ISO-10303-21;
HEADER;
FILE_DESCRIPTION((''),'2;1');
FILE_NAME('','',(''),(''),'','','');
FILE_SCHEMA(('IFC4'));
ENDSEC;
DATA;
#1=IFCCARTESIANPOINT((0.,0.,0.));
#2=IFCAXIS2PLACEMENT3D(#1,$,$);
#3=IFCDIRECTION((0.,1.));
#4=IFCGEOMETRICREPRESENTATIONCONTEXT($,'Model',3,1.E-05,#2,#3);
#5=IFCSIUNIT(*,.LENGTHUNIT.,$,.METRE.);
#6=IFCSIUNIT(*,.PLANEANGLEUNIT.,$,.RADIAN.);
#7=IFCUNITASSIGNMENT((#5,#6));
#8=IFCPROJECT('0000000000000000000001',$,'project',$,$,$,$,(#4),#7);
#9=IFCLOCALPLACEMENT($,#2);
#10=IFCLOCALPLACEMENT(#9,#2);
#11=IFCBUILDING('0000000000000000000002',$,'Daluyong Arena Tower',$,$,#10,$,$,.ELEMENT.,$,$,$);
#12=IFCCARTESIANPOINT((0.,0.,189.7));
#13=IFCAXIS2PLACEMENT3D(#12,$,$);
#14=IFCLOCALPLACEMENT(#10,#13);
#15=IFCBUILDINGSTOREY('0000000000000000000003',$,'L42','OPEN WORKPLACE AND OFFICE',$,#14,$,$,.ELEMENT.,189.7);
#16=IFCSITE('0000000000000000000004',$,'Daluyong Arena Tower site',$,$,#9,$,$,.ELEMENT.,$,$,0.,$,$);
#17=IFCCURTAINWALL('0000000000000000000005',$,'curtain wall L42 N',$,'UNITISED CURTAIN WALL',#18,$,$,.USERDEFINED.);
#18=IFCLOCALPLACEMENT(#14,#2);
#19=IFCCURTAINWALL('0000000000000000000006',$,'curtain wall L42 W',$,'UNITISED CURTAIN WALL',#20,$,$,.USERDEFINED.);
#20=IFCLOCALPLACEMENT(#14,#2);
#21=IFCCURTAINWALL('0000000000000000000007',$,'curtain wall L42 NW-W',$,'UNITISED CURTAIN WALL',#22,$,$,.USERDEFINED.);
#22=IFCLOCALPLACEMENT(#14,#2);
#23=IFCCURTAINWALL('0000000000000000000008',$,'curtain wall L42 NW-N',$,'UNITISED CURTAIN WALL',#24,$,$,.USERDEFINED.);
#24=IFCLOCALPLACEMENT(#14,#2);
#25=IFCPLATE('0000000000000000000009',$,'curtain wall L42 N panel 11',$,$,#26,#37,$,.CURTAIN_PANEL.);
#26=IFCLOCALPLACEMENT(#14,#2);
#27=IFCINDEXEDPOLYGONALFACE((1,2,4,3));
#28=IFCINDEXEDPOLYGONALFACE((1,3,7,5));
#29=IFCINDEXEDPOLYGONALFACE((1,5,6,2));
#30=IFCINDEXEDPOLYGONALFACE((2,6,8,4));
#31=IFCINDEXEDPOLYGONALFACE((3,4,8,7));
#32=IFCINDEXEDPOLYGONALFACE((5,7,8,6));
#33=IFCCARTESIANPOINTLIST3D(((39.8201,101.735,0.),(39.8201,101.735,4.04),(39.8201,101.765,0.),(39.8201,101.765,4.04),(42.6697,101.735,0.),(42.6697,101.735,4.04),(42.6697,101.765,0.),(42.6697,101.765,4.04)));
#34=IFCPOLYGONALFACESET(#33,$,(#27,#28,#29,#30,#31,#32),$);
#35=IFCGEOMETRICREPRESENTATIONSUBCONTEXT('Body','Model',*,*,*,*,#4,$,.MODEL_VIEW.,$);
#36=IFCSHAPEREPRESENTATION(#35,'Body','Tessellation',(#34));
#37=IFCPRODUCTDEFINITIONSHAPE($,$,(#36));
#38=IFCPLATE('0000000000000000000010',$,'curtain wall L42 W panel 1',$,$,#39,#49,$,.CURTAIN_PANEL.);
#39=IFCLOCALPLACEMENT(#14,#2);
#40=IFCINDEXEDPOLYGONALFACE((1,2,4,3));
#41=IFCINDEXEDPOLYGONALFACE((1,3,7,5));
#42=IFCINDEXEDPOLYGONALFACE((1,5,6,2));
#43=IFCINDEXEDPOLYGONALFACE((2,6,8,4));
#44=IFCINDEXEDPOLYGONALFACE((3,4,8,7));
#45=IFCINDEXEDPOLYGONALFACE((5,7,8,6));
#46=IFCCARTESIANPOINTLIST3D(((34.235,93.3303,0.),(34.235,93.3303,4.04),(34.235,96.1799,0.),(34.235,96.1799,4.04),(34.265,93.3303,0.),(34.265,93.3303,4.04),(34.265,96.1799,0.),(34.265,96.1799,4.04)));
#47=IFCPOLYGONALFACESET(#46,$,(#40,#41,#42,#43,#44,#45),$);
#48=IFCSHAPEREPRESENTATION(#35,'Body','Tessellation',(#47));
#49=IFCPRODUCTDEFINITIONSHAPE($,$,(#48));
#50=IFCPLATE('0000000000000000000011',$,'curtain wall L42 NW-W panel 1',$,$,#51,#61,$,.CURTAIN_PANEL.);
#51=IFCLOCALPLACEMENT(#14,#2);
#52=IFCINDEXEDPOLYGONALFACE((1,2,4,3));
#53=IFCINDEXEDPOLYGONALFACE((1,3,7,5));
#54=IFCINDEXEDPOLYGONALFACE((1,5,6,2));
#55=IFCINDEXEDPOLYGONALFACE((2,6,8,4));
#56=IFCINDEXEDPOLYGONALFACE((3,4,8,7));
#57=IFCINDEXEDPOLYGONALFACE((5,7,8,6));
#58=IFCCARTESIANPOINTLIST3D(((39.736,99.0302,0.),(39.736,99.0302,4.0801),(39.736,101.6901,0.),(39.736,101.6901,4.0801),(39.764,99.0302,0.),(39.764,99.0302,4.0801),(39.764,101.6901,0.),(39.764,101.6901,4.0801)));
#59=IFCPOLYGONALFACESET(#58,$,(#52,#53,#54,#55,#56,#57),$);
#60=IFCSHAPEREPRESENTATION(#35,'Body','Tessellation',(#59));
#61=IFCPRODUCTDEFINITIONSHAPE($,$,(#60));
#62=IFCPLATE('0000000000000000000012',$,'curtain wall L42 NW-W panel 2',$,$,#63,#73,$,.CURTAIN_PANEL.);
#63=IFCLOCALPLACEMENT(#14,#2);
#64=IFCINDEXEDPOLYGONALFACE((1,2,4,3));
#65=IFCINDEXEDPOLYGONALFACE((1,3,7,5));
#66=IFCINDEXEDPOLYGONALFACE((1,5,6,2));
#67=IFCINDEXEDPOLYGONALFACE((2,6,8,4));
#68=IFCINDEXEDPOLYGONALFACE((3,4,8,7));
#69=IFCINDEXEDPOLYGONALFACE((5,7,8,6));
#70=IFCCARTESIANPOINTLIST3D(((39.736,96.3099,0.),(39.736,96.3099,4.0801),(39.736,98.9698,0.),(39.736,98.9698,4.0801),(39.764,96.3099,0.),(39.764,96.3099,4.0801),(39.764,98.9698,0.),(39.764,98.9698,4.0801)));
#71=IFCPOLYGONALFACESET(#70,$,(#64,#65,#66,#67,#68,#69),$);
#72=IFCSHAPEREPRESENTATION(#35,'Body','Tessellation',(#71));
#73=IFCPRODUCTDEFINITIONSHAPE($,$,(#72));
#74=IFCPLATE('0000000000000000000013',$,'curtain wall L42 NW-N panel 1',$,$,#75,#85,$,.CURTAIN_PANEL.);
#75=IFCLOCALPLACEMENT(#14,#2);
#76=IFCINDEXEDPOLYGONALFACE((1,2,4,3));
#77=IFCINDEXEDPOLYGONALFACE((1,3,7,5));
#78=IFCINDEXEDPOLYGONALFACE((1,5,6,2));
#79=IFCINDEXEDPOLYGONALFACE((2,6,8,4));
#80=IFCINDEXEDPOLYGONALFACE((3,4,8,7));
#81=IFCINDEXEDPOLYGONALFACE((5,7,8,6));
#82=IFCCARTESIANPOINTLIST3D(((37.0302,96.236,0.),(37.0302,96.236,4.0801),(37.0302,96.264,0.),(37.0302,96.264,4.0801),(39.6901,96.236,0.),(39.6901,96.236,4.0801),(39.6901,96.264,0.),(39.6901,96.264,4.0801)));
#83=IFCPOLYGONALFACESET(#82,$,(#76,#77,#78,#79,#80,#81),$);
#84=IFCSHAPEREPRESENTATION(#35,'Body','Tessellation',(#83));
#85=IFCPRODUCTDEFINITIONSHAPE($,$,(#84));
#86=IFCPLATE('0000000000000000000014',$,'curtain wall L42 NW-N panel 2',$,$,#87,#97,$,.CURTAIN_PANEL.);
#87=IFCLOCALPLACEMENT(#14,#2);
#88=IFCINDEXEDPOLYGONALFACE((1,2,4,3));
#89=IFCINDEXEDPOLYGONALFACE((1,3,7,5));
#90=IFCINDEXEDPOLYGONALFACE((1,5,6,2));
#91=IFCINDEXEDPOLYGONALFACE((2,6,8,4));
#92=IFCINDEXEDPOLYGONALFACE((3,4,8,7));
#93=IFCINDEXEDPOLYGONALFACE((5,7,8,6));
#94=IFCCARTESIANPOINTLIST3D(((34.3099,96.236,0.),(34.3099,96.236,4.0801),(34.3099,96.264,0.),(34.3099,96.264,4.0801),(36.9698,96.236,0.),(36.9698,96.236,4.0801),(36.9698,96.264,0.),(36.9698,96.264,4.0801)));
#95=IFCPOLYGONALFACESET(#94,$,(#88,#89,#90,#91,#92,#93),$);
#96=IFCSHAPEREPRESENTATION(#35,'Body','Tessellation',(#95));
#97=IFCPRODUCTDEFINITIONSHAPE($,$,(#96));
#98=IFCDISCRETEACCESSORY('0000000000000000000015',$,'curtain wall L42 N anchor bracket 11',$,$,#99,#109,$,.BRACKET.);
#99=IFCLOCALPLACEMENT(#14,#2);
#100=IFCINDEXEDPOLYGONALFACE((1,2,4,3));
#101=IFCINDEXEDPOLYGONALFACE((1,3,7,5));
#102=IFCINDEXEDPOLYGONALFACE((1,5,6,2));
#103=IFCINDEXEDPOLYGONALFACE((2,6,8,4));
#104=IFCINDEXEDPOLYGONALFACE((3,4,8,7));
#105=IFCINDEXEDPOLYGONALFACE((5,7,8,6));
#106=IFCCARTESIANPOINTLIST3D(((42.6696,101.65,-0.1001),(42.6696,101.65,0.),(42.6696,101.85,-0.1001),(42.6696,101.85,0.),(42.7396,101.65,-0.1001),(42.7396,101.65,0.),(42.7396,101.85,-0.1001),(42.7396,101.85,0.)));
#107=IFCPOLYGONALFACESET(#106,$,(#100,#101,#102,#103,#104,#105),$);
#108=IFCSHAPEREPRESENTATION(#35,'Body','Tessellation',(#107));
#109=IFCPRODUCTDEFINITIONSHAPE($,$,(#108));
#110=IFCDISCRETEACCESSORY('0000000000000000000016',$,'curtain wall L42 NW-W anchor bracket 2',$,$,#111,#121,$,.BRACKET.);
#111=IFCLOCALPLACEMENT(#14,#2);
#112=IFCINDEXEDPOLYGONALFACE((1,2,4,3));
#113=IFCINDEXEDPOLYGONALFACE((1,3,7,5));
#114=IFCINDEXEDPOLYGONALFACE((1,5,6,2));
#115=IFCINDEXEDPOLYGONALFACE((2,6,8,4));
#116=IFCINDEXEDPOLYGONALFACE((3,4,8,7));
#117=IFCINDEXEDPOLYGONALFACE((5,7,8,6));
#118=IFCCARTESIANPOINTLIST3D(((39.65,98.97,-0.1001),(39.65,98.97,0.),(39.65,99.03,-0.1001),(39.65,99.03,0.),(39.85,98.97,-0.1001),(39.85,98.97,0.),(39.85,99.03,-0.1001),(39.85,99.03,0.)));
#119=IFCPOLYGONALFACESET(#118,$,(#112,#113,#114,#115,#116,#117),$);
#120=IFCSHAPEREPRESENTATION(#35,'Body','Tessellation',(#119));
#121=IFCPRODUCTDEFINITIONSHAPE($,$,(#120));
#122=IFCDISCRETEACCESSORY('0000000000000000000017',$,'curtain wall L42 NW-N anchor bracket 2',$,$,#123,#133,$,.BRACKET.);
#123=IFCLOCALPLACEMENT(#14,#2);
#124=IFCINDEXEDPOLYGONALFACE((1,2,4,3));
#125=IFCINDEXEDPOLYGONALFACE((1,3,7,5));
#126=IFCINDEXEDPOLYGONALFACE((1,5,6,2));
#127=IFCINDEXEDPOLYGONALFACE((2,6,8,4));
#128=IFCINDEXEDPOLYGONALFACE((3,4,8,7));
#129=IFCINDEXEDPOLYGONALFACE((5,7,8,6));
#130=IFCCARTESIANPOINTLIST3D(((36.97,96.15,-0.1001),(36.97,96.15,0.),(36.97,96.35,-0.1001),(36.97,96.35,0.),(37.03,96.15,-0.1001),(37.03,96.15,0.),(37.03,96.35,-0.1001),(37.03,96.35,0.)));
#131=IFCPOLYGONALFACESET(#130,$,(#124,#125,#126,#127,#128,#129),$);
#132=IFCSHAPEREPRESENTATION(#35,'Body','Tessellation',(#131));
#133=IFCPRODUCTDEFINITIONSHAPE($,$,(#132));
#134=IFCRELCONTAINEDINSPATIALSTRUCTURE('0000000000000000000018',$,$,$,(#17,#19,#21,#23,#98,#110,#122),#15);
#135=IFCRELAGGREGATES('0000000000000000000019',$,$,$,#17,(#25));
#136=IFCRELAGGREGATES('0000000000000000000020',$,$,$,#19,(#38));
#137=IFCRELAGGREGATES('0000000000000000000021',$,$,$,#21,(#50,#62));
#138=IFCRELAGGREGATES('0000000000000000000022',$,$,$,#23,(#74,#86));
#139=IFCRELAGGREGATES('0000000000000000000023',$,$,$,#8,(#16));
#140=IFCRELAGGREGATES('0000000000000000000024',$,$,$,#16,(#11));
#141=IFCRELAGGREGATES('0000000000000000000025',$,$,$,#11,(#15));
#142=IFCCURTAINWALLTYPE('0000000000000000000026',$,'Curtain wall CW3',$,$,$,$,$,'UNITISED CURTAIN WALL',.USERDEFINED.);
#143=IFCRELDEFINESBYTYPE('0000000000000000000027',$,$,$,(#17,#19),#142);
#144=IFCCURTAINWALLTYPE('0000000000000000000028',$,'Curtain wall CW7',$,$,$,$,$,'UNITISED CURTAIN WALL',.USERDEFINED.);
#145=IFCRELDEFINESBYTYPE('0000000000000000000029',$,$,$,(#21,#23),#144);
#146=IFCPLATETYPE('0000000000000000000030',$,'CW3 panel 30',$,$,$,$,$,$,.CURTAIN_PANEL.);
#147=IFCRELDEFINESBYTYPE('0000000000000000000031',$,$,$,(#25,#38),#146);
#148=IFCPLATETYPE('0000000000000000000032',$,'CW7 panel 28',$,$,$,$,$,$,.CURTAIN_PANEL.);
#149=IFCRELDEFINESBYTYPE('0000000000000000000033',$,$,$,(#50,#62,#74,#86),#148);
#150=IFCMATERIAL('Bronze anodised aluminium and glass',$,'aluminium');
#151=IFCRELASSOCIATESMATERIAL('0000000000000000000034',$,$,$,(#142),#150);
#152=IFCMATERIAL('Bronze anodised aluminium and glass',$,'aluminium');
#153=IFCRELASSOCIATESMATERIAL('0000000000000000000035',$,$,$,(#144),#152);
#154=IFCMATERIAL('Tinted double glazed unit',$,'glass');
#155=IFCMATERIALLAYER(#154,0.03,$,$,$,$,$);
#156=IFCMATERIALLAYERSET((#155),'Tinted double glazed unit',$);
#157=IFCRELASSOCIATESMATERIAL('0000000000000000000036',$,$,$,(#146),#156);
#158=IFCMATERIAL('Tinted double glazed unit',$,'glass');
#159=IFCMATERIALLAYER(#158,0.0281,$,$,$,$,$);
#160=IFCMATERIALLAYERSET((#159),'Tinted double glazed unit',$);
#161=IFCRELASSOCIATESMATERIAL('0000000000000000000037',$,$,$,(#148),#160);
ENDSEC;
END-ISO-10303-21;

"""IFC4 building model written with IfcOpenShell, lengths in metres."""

from ifc_helpers import new_model, si_unit, direction, frame, origin, origin_2d, place, context, subcontext, project, spatial, rectangle, extrude, material, layer, layer_set, type_object, element, aggregate, save


model = new_model("IFC4")

# Units and contexts
model_context = context("Model", 3, precision=1e-05, world=origin(), true_north=direction((0.0, 1.0)))
body_context = subcontext(model_context, "Body", "Model", "MODEL_VIEW")
ifc_project = project(units=[si_unit("LENGTHUNIT", "METRE"), si_unit("PLANEANGLEUNIT", "RADIAN")], contexts=[model_context])

# Site, building, storey
site_placement = place(None, origin())
site = spatial("IfcSite", under=ifc_project, at=site_placement, Name="Daluyong Arena Tower site", CompositionType="ELEMENT", RefElevation=0.0)
building_placement = place(site_placement, origin())
building = spatial("IfcBuilding", under=site, at=building_placement, Name="Daluyong Arena Tower", CompositionType="ELEMENT")
storey_placement = place(building_placement, frame((0.0, 0.0, 189.7)))
storey = spatial("IfcBuildingStorey", under=building, at=storey_placement, Name="L42", Description="OPEN WORKPLACE AND OFFICE", CompositionType="ELEMENT", Elevation=189.7)

# Curtain walls
ifc_material_1 = material(Name="Bronze anodised aluminium and glass", Category="aluminium")
curtain_wall_type_1 = type_object("IfcCurtainWallType", Name="Curtain wall CW3", ElementType="UNITISED CURTAIN WALL", PredefinedType="USERDEFINED", material=ifc_material_1)
curtain_wall_1_placement = place(storey_placement, origin())
curtain_wall_1 = element("IfcCurtainWall", 1, at=curtain_wall_1_placement, inside=storey, type_object=curtain_wall_type_1, Name="curtain wall L42 N", ObjectType="UNITISED CURTAIN WALL", PredefinedType="USERDEFINED")
curtain_wall_2_placement = place(storey_placement, origin())
curtain_wall_2 = element("IfcCurtainWall", 2, at=curtain_wall_2_placement, inside=storey, type_object=curtain_wall_type_1, Name="curtain wall L42 W", ObjectType="UNITISED CURTAIN WALL", PredefinedType="USERDEFINED")

# Curtain walls
ifc_material_2 = material(Name="Bronze anodised aluminium and glass", Category="aluminium")
curtain_wall_type_2 = type_object("IfcCurtainWallType", Name="Curtain wall CW7", ElementType="UNITISED CURTAIN WALL", PredefinedType="USERDEFINED", material=ifc_material_2)
curtain_wall_3_placement = place(storey_placement, origin())
curtain_wall_3 = element("IfcCurtainWall", 3, at=curtain_wall_3_placement, inside=storey, type_object=curtain_wall_type_2, Name="curtain wall L42 NW-W", ObjectType="UNITISED CURTAIN WALL", PredefinedType="USERDEFINED")
curtain_wall_4_placement = place(storey_placement, origin())
curtain_wall_4 = element("IfcCurtainWall", 4, at=curtain_wall_4_placement, inside=storey, type_object=curtain_wall_type_2, Name="curtain wall L42 NW-N", ObjectType="UNITISED CURTAIN WALL", PredefinedType="USERDEFINED")

# Plates
ifc_material_3 = material(Name="Tinted double glazed unit", Category="glass")
ifc_layer_1 = layer(ifc_material_3, 0.03)
ifc_layer_set_1 = layer_set([ifc_layer_1], Name="Tinted double glazed unit")
plate_type_1 = type_object("IfcPlateType", Name="CW3 panel 30", PredefinedType="CURTAIN_PANEL", material=ifc_layer_set_1)
plate_1_placement = place(storey_placement, frame((41.2449, 101.75, 0.0), z_axis=(0.0, 0.0, 1.0), x_axis=(-1.0, 0.0, 0.0)))
plate_1 = element("IfcPlate", 5, at=plate_1_placement, type_object=plate_type_1, Name="curtain wall L42 N panel 11", PredefinedType="CURTAIN_PANEL", context=body_context, shape_type="SweptSolid", body=[
    extrude(rectangle(XDim=2.8496, YDim=0.03, at=origin_2d()), origin(), (0.0, 0.0, 1.0), 4.04),
])
aggregate(curtain_wall_1, [plate_1])
plate_2_placement = place(storey_placement, frame((34.25, 94.7551, 0.0), z_axis=(0.0, 0.0, 1.0), x_axis=(0.0, -1.0, 0.0)))
plate_2 = element("IfcPlate", 6, at=plate_2_placement, type_object=plate_type_1, Name="curtain wall L42 W panel 1", PredefinedType="CURTAIN_PANEL", context=body_context, shape_type="SweptSolid", body=[
    extrude(rectangle(XDim=2.8496, YDim=0.03, at=origin_2d()), origin(), (0.0, 0.0, 1.0), 4.04),
])
aggregate(curtain_wall_2, [plate_2])
ifc_material_4 = material(Name="Tinted double glazed unit", Category="glass")
ifc_layer_2 = layer(ifc_material_4, 0.0281)
ifc_layer_set_2 = layer_set([ifc_layer_2], Name="Tinted double glazed unit")
plate_type_2 = type_object("IfcPlateType", Name="CW7 panel 28", PredefinedType="CURTAIN_PANEL", material=ifc_layer_set_2)
plate_3_placement = place(storey_placement, frame((39.75, 100.3601, 0.0), z_axis=(0.0, 0.0, 1.0), x_axis=(0.0, -1.0, 0.0)))
plate_3 = element("IfcPlate", 7, at=plate_3_placement, type_object=plate_type_2, Name="curtain wall L42 NW-W panel 1", PredefinedType="CURTAIN_PANEL", context=body_context, shape_type="SweptSolid", body=[
    extrude(rectangle(XDim=2.6599, YDim=0.0281, at=origin_2d()), origin(), (0.0, 0.0, 1.0), 4.0801),
])
plate_4_placement = place(storey_placement, frame((39.75, 97.6399, 0.0), z_axis=(0.0, 0.0, 1.0), x_axis=(0.0, -1.0, 0.0)))
plate_4 = element("IfcPlate", 8, at=plate_4_placement, type_object=plate_type_2, Name="curtain wall L42 NW-W panel 2", PredefinedType="CURTAIN_PANEL", context=body_context, shape_type="SweptSolid", body=[
    extrude(rectangle(XDim=2.6599, YDim=0.0281, at=origin_2d()), origin(), (0.0, 0.0, 1.0), 4.0801),
])
aggregate(curtain_wall_3, [plate_3, plate_4])
plate_5_placement = place(storey_placement, frame((38.3601, 96.25, 0.0), z_axis=(0.0, 0.0, 1.0), x_axis=(-1.0, 0.0, 0.0)))
plate_5 = element("IfcPlate", 9, at=plate_5_placement, type_object=plate_type_2, Name="curtain wall L42 NW-N panel 1", PredefinedType="CURTAIN_PANEL", context=body_context, shape_type="SweptSolid", body=[
    extrude(rectangle(XDim=2.6599, YDim=0.0281, at=origin_2d()), origin(), (0.0, 0.0, 1.0), 4.0801),
])
plate_6_placement = place(storey_placement, frame((35.6399, 96.25, 0.0), z_axis=(0.0, 0.0, 1.0), x_axis=(-1.0, 0.0, 0.0)))
plate_6 = element("IfcPlate", 10, at=plate_6_placement, type_object=plate_type_2, Name="curtain wall L42 NW-N panel 2", PredefinedType="CURTAIN_PANEL", context=body_context, shape_type="SweptSolid", body=[
    extrude(rectangle(XDim=2.6599, YDim=0.0281, at=origin_2d()), origin(), (0.0, 0.0, 1.0), 4.0801),
])
aggregate(curtain_wall_4, [plate_5, plate_6])

# Discrete accessories
discrete_accessory_placement = place(storey_placement, frame((42.7046, 101.75, -0.1001), z_axis=(0.0, 0.0, 1.0), x_axis=(-1.0, 0.0, 0.0)))
element("IfcDiscreteAccessory", 11, at=discrete_accessory_placement, inside=storey, Name="curtain wall L42 N anchor bracket 11", PredefinedType="BRACKET", context=body_context, shape_type="SweptSolid", body=[
    extrude(rectangle(XDim=0.0701, YDim=0.2, at=origin_2d()), origin(), (0.0, 0.0, 1.0), 0.1001),
])
for number, where, z_axis, x_axis, name in (
    (12, (39.75, 99.0, -0.1001), (0.0, 0.0, 1.0), (0.0, -1.0, 0.0), "curtain wall L42 NW-W anchor bracket 2"),
    (13, (37.0, 96.25, -0.1001), (0.0, 0.0, 1.0), (-1.0, 0.0, 0.0), "curtain wall L42 NW-N anchor bracket 2"),
):
    element("IfcDiscreteAccessory", number, at=place(storey_placement, frame(where, z_axis=z_axis, x_axis=x_axis)), inside=storey, Name=name, PredefinedType="BRACKET", context=body_context, shape_type="SweptSolid", body=[
        extrude(rectangle(XDim=0.0601, YDim=0.2, at=origin_2d()), origin(), (0.0, 0.0, 1.0), 0.1001),
    ])

save(model, "model.ifc")
